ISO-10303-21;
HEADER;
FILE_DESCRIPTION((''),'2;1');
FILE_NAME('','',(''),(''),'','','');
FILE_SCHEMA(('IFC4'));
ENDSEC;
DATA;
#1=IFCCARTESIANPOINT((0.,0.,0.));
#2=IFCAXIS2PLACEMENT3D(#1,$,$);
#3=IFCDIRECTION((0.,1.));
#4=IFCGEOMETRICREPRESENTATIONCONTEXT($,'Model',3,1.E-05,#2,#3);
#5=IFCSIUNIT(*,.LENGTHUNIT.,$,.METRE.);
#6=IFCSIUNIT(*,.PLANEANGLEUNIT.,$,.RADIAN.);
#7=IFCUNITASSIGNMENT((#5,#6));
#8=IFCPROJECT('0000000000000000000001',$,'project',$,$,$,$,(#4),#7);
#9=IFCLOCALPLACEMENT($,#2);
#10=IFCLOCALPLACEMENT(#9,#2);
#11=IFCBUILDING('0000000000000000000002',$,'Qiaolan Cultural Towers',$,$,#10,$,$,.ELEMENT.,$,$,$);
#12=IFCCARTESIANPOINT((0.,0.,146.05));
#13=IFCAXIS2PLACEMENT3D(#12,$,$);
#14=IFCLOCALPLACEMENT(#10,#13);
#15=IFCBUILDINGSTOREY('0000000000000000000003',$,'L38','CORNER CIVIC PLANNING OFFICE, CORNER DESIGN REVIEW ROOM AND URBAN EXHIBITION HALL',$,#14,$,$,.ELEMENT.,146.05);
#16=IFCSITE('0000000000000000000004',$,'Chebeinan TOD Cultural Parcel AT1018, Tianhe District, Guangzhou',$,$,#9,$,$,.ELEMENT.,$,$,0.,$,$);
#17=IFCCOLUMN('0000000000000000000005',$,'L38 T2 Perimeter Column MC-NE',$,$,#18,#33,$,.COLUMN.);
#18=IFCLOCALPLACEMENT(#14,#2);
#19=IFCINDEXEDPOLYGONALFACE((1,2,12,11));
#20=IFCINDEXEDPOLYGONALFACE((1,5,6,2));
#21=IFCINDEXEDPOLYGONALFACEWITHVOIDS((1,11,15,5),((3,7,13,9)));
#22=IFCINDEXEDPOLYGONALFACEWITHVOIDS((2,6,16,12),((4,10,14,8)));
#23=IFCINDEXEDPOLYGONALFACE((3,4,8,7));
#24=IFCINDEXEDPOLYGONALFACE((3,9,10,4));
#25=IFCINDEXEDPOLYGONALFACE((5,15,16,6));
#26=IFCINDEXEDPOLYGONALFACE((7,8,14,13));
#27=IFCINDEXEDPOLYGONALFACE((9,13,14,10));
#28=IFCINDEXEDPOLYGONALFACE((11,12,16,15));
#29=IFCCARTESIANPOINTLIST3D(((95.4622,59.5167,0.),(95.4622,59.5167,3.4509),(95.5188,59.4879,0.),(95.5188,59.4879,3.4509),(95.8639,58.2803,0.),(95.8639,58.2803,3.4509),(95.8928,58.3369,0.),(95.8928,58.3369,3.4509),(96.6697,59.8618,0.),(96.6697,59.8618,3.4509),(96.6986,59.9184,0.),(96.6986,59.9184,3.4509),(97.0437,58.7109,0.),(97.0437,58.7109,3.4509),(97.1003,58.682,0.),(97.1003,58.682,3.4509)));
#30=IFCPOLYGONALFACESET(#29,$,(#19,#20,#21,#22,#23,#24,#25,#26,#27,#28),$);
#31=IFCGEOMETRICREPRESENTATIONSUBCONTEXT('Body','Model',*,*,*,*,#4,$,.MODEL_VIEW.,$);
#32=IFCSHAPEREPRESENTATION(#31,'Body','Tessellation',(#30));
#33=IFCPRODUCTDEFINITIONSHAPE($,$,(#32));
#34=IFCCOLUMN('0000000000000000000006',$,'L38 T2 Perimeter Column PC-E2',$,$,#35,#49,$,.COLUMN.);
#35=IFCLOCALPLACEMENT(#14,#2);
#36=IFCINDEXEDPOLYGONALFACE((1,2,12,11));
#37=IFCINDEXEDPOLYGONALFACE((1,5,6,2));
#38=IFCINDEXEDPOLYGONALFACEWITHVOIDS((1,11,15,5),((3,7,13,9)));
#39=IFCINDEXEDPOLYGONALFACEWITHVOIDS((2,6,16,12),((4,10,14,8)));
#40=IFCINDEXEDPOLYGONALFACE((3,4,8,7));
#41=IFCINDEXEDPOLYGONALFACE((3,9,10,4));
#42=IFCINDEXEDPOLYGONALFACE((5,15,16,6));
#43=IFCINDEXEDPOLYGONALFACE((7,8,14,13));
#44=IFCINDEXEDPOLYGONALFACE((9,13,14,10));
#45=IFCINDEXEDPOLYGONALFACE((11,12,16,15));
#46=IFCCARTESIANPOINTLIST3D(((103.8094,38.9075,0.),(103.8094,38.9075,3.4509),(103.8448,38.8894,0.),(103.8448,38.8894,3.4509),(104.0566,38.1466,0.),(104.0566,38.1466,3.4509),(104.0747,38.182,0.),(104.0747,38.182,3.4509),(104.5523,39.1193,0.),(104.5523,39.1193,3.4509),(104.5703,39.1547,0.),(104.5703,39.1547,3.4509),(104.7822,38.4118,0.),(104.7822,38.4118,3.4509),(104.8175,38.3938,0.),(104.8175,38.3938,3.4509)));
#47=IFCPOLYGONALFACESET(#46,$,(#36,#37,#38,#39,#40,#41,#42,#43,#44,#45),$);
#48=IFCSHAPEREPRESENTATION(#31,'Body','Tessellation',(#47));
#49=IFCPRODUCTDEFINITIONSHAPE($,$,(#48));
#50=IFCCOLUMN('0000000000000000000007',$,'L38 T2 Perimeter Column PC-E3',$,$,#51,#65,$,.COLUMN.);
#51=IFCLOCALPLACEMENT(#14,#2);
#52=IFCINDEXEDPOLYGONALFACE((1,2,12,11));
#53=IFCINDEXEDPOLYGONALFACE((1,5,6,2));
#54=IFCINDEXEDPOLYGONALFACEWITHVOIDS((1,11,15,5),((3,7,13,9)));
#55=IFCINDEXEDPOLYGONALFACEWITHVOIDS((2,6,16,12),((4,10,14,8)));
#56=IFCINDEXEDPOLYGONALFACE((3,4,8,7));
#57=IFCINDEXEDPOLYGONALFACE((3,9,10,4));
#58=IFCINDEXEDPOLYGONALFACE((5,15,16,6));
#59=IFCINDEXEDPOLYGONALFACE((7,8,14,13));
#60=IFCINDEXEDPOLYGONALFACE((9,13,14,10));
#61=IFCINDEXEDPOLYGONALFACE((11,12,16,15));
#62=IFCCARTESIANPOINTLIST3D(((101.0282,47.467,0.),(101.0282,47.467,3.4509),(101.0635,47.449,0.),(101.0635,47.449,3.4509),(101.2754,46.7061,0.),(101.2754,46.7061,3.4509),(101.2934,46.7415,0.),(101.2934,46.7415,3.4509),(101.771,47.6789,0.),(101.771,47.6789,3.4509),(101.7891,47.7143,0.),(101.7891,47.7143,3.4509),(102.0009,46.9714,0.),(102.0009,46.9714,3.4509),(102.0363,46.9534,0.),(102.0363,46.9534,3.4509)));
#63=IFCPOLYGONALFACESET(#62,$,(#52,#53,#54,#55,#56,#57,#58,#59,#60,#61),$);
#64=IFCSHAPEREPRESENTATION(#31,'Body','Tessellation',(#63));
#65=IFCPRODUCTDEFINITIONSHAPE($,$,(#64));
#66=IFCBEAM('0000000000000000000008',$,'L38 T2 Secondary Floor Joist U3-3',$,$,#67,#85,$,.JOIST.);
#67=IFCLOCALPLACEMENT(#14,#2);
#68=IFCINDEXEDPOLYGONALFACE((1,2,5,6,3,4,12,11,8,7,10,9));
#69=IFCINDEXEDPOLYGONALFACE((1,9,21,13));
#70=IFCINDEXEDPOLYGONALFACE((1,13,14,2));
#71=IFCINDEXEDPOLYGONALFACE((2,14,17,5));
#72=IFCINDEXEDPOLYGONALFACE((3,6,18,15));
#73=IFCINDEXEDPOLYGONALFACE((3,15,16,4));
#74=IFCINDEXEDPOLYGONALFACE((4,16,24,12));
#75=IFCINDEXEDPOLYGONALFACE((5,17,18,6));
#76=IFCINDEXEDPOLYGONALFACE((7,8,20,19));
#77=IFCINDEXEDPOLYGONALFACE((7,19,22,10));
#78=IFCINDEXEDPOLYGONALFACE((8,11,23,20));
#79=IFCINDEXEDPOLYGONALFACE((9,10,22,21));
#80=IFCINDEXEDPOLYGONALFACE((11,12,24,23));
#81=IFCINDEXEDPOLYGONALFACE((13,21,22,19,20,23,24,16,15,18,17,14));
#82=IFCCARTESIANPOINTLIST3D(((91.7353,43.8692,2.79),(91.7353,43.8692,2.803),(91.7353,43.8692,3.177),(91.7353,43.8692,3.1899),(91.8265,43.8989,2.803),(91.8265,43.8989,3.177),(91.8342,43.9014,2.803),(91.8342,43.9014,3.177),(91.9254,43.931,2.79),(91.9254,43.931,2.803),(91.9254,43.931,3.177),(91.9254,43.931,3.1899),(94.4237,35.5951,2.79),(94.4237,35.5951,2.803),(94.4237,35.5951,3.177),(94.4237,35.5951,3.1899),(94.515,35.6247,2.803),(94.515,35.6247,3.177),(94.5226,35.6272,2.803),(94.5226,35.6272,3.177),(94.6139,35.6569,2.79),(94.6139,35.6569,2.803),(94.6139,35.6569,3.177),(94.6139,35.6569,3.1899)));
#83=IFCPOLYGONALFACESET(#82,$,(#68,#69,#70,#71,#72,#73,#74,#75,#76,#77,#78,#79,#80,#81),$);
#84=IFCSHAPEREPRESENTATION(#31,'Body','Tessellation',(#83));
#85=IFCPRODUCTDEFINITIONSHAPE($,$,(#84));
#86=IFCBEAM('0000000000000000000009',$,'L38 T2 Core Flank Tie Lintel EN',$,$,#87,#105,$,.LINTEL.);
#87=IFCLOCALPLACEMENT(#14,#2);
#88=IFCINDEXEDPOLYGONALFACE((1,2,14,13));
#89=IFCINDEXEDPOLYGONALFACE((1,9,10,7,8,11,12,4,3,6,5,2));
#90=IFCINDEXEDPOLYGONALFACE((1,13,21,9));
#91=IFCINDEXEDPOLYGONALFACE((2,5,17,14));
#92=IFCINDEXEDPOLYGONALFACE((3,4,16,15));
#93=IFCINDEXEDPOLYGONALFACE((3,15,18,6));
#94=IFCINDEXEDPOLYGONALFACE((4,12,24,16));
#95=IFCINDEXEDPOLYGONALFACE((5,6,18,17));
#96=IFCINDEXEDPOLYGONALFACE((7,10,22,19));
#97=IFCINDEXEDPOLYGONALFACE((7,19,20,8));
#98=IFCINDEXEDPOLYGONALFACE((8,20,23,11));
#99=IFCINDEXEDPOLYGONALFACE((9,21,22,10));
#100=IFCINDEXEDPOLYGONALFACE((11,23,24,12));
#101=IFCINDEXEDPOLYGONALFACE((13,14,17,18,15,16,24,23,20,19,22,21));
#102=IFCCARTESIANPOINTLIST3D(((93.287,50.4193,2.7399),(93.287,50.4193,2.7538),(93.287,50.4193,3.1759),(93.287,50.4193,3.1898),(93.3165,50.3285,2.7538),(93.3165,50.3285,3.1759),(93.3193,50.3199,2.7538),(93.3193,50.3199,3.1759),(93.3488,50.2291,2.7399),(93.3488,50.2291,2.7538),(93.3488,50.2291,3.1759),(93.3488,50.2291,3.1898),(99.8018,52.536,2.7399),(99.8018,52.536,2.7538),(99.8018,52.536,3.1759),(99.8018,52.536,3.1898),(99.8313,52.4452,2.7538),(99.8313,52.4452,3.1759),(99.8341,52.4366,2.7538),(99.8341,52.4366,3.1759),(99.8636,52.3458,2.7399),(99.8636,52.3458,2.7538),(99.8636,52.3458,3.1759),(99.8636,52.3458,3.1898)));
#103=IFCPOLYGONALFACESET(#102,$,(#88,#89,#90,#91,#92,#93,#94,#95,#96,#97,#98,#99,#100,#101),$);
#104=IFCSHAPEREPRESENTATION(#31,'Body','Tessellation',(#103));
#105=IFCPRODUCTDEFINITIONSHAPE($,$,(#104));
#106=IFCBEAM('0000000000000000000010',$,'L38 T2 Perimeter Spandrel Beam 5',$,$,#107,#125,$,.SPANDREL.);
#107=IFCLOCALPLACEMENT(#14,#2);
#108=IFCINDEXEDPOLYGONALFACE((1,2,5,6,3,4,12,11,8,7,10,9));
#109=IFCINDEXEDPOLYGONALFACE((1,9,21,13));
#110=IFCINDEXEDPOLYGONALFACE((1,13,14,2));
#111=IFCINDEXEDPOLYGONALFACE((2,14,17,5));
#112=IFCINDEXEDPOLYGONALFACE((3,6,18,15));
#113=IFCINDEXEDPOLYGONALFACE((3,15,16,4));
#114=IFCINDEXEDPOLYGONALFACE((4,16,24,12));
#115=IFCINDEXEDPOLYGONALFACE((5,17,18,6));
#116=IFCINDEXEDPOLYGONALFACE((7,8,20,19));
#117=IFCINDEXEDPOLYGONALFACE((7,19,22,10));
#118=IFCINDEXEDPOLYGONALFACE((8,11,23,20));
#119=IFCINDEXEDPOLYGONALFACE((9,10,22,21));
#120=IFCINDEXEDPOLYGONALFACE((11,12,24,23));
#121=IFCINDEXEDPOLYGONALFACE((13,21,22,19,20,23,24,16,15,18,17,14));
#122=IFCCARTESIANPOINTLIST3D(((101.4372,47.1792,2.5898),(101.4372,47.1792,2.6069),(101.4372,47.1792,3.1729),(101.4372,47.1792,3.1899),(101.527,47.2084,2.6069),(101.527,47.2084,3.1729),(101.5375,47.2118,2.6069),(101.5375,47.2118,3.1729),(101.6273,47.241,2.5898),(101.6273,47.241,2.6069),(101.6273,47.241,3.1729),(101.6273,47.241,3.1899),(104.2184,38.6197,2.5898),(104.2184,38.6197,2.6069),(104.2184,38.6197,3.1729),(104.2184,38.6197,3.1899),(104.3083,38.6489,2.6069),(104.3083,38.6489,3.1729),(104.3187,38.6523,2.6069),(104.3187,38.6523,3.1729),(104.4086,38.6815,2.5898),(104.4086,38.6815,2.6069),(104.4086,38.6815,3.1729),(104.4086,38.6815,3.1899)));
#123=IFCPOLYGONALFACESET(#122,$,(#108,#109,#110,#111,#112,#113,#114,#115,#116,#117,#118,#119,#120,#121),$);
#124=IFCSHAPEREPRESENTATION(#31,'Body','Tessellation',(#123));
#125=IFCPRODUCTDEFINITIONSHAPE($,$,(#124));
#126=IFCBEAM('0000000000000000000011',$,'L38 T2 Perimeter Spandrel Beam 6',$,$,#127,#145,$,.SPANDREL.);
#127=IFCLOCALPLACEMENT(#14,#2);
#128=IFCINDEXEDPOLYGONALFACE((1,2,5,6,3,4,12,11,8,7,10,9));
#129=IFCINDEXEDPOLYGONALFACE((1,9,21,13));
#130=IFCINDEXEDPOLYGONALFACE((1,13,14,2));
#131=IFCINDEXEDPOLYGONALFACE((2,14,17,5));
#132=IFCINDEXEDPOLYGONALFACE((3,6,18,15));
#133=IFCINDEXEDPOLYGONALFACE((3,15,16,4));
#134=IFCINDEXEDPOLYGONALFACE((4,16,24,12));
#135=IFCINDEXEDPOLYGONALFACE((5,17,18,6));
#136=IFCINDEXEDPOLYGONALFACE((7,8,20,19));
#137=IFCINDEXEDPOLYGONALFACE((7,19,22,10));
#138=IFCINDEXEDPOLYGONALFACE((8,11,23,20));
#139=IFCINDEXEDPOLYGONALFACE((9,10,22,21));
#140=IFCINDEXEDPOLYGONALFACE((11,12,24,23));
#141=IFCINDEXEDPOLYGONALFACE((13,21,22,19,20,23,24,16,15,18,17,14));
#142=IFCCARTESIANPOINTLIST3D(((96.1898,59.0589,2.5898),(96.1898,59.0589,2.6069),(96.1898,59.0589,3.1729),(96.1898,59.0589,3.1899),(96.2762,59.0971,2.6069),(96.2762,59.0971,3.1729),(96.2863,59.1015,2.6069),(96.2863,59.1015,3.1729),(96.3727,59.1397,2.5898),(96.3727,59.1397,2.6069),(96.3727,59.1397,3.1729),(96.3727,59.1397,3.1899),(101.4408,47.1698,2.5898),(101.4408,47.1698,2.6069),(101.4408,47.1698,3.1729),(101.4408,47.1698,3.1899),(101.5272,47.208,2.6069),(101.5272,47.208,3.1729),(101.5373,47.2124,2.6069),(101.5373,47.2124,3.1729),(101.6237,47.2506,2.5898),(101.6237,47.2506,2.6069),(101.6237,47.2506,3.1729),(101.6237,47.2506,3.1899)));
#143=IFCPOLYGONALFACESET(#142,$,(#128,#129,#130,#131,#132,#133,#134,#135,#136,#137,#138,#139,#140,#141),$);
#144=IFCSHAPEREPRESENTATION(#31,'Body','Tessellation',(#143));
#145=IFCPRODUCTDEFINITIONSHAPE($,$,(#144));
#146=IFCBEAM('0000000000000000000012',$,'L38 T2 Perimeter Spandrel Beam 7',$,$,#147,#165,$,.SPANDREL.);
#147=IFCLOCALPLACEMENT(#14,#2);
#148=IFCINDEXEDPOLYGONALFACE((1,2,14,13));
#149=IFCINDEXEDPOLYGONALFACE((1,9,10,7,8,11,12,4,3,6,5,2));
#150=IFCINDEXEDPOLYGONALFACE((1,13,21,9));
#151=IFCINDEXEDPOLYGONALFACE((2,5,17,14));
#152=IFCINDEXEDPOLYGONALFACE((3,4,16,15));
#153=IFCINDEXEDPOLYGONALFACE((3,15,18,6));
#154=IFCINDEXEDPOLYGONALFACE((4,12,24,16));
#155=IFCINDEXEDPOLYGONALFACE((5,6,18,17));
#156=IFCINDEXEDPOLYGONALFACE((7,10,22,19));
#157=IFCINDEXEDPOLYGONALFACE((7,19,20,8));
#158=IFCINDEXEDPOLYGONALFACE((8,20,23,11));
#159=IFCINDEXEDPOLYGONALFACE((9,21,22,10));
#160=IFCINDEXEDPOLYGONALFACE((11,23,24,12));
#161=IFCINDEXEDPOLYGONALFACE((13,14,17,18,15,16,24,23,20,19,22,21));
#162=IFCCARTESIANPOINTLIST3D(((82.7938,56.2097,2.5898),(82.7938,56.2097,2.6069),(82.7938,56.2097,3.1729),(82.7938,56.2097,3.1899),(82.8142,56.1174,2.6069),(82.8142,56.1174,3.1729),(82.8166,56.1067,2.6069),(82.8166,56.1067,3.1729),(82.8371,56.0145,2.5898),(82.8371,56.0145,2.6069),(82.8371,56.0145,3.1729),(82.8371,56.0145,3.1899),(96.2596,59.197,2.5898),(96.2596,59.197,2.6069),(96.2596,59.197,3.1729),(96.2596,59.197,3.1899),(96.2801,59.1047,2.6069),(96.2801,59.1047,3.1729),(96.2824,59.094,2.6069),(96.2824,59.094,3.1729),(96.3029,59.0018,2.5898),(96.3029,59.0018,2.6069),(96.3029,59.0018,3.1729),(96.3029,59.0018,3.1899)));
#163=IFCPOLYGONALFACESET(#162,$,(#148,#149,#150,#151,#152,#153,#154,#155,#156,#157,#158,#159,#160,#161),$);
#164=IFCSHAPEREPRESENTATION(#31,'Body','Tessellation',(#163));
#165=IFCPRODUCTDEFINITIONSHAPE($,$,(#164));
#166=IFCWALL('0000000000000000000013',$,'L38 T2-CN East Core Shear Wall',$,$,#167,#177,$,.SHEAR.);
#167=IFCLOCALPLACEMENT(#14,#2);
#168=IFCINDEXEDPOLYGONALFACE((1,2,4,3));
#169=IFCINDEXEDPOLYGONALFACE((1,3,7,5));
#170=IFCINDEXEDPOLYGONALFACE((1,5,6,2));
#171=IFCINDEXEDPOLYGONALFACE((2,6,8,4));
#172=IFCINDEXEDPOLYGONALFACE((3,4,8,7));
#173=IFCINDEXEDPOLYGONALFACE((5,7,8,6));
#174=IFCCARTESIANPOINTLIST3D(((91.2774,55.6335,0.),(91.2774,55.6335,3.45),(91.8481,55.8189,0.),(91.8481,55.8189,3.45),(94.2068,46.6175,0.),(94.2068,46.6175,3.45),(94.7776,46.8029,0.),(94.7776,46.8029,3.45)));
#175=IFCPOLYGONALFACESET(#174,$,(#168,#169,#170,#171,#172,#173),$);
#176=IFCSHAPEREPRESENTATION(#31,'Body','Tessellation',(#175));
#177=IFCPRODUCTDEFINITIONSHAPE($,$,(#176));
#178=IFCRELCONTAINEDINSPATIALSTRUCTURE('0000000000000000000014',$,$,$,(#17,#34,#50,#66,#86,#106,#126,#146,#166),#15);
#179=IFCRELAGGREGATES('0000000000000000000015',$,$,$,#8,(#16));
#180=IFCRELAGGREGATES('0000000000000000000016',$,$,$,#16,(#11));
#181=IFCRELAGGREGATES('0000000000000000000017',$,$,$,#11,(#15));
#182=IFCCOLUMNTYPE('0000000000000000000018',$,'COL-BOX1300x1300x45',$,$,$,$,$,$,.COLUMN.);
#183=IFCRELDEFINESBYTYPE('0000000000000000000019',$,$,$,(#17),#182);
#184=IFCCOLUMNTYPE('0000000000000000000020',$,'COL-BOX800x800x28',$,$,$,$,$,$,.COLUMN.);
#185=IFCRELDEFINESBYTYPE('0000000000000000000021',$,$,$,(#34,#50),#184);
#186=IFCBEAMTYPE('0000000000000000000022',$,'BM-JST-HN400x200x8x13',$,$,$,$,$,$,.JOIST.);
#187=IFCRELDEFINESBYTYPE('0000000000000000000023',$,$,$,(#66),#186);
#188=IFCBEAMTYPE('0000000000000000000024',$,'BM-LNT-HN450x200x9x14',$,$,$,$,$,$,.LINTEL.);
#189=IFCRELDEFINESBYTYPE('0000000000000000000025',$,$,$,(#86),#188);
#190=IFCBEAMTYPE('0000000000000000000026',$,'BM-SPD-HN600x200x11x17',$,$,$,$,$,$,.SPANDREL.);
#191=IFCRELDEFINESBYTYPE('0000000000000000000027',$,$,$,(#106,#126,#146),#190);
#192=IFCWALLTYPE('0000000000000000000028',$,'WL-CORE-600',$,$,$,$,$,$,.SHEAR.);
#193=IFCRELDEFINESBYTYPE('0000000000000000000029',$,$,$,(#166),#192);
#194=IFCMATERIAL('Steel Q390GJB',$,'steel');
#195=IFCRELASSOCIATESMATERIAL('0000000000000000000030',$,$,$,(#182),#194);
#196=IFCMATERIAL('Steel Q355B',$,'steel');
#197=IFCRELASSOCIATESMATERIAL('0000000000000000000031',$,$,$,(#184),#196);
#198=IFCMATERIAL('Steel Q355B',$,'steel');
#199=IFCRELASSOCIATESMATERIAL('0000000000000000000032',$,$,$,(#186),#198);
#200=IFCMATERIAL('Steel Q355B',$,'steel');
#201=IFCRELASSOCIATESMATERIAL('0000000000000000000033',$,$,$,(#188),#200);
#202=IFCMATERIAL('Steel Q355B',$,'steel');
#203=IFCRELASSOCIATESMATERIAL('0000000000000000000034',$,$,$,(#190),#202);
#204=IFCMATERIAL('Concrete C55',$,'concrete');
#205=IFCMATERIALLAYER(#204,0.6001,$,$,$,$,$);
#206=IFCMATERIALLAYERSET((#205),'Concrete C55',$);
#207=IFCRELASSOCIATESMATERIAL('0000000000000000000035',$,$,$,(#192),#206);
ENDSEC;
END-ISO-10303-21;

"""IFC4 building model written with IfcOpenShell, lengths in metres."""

from ifc_helpers import new_model, si_unit, direction, frame, frame_2d, origin, origin_2d, place, context, subcontext, project, spatial, rectangle, hollow_rectangle, i_section, extrude, material, layer, layer_set, material_profile, profile_set, type_object, element, save


model = new_model("IFC4")

# Units and contexts
model_context = context("Model", 3, precision=1e-05, world=origin(), true_north=direction((0.0, 1.0)))
body_context = subcontext(model_context, "Body", "Model", "MODEL_VIEW")
ifc_project = project(units=[si_unit("LENGTHUNIT", "METRE"), si_unit("PLANEANGLEUNIT", "RADIAN")], contexts=[model_context])

# Site, building, storey
site_placement = place(None, origin())
site = spatial("IfcSite", under=ifc_project, at=site_placement, Name="Chebeinan TOD Cultural Parcel AT1018, Tianhe District, Guangzhou", CompositionType="ELEMENT", RefElevation=0.0)
building_placement = place(site_placement, origin())
building = spatial("IfcBuilding", under=site, at=building_placement, Name="Qiaolan Cultural Towers", CompositionType="ELEMENT")
storey_placement = place(building_placement, frame((0.0, 0.0, 146.05)))
storey = spatial("IfcBuildingStorey", under=building, at=storey_placement, Name="L38", Description="CORNER CIVIC PLANNING OFFICE, CORNER DESIGN REVIEW ROOM AND URBAN EXHIBITION HALL", CompositionType="ELEMENT", Elevation=146.05)

# Columns
ifc_material_1 = material(Name="Steel Q390GJB", Category="steel")
ifc_material_profile_1 = material_profile(ifc_material_1, hollow_rectangle(XDim=1.3, YDim=1.3, WallThickness=0.0449, at=origin_2d()), Name="BOX1300x1300x45")
ifc_profile_set_1 = profile_set([ifc_material_profile_1], Name="Steel Q390GJB")
column_type_1 = type_object("IfcColumnType", Name="COL-BOX1300x1300x45", PredefinedType="COLUMN", material=ifc_profile_set_1)
column_placement = place(storey_placement, frame((96.2812, 59.0994, 0.0), z_axis=(0.0, 0.0, 1.0), x_axis=(0.951057, 0.309017, 0.0)))
element("IfcColumn", 1, at=column_placement, inside=storey, type_object=column_type_1, Name="L38 T2 Perimeter Column MC-NE", PredefinedType="COLUMN", context=body_context, shape_type="SweptSolid", body=[
    extrude(hollow_rectangle(XDim=1.3, YDim=1.3, WallThickness=0.0449, at=origin_2d()), origin(), (0.0, 0.0, 1.0), 3.4509),
])
ifc_material_2 = material(Name="Steel Q355B", Category="steel")
ifc_material_profile_2 = material_profile(ifc_material_2, hollow_rectangle(XDim=0.8, YDim=0.8, WallThickness=0.0281, at=origin_2d()), Name="BOX800x800x28")
ifc_profile_set_2 = profile_set([ifc_material_profile_2], Name="Steel Q355B")
column_type_2 = type_object("IfcColumnType", Name="COL-BOX800x800x28", PredefinedType="COLUMN", material=ifc_profile_set_2)
for number, where, z_axis, x_axis, name in (
    (2, (104.3135, 38.6506, 0.0), (0.0, 0.0, 1.0), (0.951057, 0.309017, 0.0), "L38 T2 Perimeter Column PC-E2"),
    (3, (101.5322, 47.2102, 0.0), (0.0, 0.0, 1.0), (0.951057, 0.309017, 0.0), "L38 T2 Perimeter Column PC-E3"),
):
    element("IfcColumn", number, at=place(storey_placement, frame(where, z_axis=z_axis, x_axis=x_axis)), inside=storey, type_object=column_type_2, Name=name, PredefinedType="COLUMN", context=body_context, shape_type="SweptSolid", body=[
        extrude(hollow_rectangle(XDim=0.8, YDim=0.8, WallThickness=0.0281, at=origin_2d()), origin(), (0.0, 0.0, 1.0), 3.4509),
    ])

# Beams
ifc_material_3 = material(Name="Steel Q355B", Category="steel")
ifc_material_profile_3 = material_profile(ifc_material_3, i_section(OverallWidth=0.2, OverallDepth=0.3999, WebThickness=0.0081, FlangeThickness=0.0129, at=origin_2d()), Name="HN400x200x8x13")
ifc_profile_set_3 = profile_set([ifc_material_profile_3], Name="Steel Q355B")
beam_type_1 = type_object("IfcBeamType", Name="BM-JST-HN400x200x8x13", PredefinedType="JOIST", material=ifc_profile_set_3)
beam_1_placement = place(storey_placement, frame((94.5188, 35.626, 2.99), z_axis=(-0.309021, 0.951055, 0.0), x_axis=(-0.951055, -0.309021, 0.0)))
element("IfcBeam", 4, at=beam_1_placement, inside=storey, type_object=beam_type_1, Name="L38 T2 Secondary Floor Joist U3-3", PredefinedType="JOIST", context=body_context, shape_type="SweptSolid", body=[
    extrude(i_section(OverallWidth=0.2, OverallDepth=0.3999, WebThickness=0.0081, FlangeThickness=0.0129, at=origin_2d()), origin(), (0.0, 0.0, 1.0), 8.7),
])
ifc_material_4 = material(Name="Steel Q355B", Category="steel")
ifc_material_profile_4 = material_profile(ifc_material_4, i_section(OverallWidth=0.2, OverallDepth=0.45, WebThickness=0.009, FlangeThickness=0.0139, at=origin_2d()), Name="HN450x200x9x14")
ifc_profile_set_4 = profile_set([ifc_material_profile_4], Name="Steel Q355B")
beam_type_2 = type_object("IfcBeamType", Name="BM-LNT-HN450x200x9x14", PredefinedType="LINTEL", material=ifc_profile_set_4)
beam_2_placement = place(storey_placement, frame((93.3179, 50.3242, 2.9648), z_axis=(0.951062, 0.309001, 0.0), x_axis=(-0.309001, 0.951062, 0.0)))
element("IfcBeam", 5, at=beam_2_placement, inside=storey, type_object=beam_type_2, Name="L38 T2 Core Flank Tie Lintel EN", PredefinedType="LINTEL", context=body_context, shape_type="SweptSolid", body=[
    extrude(i_section(OverallWidth=0.2, OverallDepth=0.45, WebThickness=0.009, FlangeThickness=0.0139, at=origin_2d()), origin(), (0.0, 0.0, 1.0), 6.8501),
])
ifc_material_5 = material(Name="Steel Q355B", Category="steel")
ifc_material_profile_5 = material_profile(ifc_material_5, i_section(OverallWidth=0.2, OverallDepth=0.6001, WebThickness=0.011, FlangeThickness=0.0171, at=origin_2d()), Name="HN600x200x11x17")
ifc_profile_set_5 = profile_set([ifc_material_profile_5], Name="Steel Q355B")
beam_type_3 = type_object("IfcBeamType", Name="BM-SPD-HN600x200x11x17", PredefinedType="SPANDREL", material=ifc_profile_set_5)
beam_3_placement = place(storey_placement, frame((104.3135, 38.6506, 2.8899), z_axis=(-0.309025, 0.951054, 0.0), x_axis=(-0.951054, -0.309025, 0.0)))
element("IfcBeam", 6, at=beam_3_placement, inside=storey, type_object=beam_type_3, Name="L38 T2 Perimeter Spandrel Beam 5", PredefinedType="SPANDREL", context=body_context, shape_type="SweptSolid", body=[
    extrude(i_section(OverallWidth=0.2, OverallDepth=0.6001, WebThickness=0.011, FlangeThickness=0.0171, at=origin_2d()), origin(), (0.0, 0.0, 1.0), 9.0),
])
beam_4_placement = place(storey_placement, frame((101.5322, 47.2102, 2.8899), z_axis=(-0.404011, 0.914754, 0.0), x_axis=(-0.914754, -0.404011, 0.0)))
element("IfcBeam", 7, at=beam_4_placement, inside=storey, type_object=beam_type_3, Name="L38 T2 Perimeter Spandrel Beam 6", PredefinedType="SPANDREL", context=body_context, shape_type="SweptSolid", body=[
    extrude(i_section(OverallWidth=0.2, OverallDepth=0.6001, WebThickness=0.011, FlangeThickness=0.0171, at=origin_2d()), origin(), (0.0, 0.0, 1.0), 12.9971),
])
beam_5_placement = place(storey_placement, frame((96.2812, 59.0994, 2.8899), z_axis=(-0.976265, -0.216578, 0.0), x_axis=(0.216578, -0.976265, 0.0)))
element("IfcBeam", 8, at=beam_5_placement, inside=storey, type_object=beam_type_3, Name="L38 T2 Perimeter Spandrel Beam 7", PredefinedType="SPANDREL", context=body_context, shape_type="SweptSolid", body=[
    extrude(i_section(OverallWidth=0.2, OverallDepth=0.6001, WebThickness=0.011, FlangeThickness=0.0171, at=origin_2d()), origin(), (0.0, 0.0, 1.0), 13.7932),
])

# Wall
ifc_material_6 = material(Name="Concrete C55", Category="concrete")
ifc_layer_1 = layer(ifc_material_6, 0.6001)
ifc_layer_set_1 = layer_set([ifc_layer_1], Name="Concrete C55")
wall_type_1 = type_object("IfcWallType", Name="WL-CORE-600", PredefinedType="SHEAR", material=ifc_layer_set_1)
wall_1_placement = place(storey_placement, frame((94.4922, 46.7102, 0.0), z_axis=(0.0, 0.0, 1.0), x_axis=(-0.30901, 0.951059, 0.0)))
element("IfcWall", 9, at=wall_1_placement, inside=storey, type_object=wall_type_1, Name="L38 T2-CN East Core Shear Wall", PredefinedType="SHEAR", context=body_context, shape_type="SweptSolid", body=[
    extrude(rectangle(XDim=9.48, YDim=0.6001, at=frame_2d((4.74, 0.0))), origin(), (0.0, 0.0, 1.0), 3.45),
])

save(model, "model.ifc")
